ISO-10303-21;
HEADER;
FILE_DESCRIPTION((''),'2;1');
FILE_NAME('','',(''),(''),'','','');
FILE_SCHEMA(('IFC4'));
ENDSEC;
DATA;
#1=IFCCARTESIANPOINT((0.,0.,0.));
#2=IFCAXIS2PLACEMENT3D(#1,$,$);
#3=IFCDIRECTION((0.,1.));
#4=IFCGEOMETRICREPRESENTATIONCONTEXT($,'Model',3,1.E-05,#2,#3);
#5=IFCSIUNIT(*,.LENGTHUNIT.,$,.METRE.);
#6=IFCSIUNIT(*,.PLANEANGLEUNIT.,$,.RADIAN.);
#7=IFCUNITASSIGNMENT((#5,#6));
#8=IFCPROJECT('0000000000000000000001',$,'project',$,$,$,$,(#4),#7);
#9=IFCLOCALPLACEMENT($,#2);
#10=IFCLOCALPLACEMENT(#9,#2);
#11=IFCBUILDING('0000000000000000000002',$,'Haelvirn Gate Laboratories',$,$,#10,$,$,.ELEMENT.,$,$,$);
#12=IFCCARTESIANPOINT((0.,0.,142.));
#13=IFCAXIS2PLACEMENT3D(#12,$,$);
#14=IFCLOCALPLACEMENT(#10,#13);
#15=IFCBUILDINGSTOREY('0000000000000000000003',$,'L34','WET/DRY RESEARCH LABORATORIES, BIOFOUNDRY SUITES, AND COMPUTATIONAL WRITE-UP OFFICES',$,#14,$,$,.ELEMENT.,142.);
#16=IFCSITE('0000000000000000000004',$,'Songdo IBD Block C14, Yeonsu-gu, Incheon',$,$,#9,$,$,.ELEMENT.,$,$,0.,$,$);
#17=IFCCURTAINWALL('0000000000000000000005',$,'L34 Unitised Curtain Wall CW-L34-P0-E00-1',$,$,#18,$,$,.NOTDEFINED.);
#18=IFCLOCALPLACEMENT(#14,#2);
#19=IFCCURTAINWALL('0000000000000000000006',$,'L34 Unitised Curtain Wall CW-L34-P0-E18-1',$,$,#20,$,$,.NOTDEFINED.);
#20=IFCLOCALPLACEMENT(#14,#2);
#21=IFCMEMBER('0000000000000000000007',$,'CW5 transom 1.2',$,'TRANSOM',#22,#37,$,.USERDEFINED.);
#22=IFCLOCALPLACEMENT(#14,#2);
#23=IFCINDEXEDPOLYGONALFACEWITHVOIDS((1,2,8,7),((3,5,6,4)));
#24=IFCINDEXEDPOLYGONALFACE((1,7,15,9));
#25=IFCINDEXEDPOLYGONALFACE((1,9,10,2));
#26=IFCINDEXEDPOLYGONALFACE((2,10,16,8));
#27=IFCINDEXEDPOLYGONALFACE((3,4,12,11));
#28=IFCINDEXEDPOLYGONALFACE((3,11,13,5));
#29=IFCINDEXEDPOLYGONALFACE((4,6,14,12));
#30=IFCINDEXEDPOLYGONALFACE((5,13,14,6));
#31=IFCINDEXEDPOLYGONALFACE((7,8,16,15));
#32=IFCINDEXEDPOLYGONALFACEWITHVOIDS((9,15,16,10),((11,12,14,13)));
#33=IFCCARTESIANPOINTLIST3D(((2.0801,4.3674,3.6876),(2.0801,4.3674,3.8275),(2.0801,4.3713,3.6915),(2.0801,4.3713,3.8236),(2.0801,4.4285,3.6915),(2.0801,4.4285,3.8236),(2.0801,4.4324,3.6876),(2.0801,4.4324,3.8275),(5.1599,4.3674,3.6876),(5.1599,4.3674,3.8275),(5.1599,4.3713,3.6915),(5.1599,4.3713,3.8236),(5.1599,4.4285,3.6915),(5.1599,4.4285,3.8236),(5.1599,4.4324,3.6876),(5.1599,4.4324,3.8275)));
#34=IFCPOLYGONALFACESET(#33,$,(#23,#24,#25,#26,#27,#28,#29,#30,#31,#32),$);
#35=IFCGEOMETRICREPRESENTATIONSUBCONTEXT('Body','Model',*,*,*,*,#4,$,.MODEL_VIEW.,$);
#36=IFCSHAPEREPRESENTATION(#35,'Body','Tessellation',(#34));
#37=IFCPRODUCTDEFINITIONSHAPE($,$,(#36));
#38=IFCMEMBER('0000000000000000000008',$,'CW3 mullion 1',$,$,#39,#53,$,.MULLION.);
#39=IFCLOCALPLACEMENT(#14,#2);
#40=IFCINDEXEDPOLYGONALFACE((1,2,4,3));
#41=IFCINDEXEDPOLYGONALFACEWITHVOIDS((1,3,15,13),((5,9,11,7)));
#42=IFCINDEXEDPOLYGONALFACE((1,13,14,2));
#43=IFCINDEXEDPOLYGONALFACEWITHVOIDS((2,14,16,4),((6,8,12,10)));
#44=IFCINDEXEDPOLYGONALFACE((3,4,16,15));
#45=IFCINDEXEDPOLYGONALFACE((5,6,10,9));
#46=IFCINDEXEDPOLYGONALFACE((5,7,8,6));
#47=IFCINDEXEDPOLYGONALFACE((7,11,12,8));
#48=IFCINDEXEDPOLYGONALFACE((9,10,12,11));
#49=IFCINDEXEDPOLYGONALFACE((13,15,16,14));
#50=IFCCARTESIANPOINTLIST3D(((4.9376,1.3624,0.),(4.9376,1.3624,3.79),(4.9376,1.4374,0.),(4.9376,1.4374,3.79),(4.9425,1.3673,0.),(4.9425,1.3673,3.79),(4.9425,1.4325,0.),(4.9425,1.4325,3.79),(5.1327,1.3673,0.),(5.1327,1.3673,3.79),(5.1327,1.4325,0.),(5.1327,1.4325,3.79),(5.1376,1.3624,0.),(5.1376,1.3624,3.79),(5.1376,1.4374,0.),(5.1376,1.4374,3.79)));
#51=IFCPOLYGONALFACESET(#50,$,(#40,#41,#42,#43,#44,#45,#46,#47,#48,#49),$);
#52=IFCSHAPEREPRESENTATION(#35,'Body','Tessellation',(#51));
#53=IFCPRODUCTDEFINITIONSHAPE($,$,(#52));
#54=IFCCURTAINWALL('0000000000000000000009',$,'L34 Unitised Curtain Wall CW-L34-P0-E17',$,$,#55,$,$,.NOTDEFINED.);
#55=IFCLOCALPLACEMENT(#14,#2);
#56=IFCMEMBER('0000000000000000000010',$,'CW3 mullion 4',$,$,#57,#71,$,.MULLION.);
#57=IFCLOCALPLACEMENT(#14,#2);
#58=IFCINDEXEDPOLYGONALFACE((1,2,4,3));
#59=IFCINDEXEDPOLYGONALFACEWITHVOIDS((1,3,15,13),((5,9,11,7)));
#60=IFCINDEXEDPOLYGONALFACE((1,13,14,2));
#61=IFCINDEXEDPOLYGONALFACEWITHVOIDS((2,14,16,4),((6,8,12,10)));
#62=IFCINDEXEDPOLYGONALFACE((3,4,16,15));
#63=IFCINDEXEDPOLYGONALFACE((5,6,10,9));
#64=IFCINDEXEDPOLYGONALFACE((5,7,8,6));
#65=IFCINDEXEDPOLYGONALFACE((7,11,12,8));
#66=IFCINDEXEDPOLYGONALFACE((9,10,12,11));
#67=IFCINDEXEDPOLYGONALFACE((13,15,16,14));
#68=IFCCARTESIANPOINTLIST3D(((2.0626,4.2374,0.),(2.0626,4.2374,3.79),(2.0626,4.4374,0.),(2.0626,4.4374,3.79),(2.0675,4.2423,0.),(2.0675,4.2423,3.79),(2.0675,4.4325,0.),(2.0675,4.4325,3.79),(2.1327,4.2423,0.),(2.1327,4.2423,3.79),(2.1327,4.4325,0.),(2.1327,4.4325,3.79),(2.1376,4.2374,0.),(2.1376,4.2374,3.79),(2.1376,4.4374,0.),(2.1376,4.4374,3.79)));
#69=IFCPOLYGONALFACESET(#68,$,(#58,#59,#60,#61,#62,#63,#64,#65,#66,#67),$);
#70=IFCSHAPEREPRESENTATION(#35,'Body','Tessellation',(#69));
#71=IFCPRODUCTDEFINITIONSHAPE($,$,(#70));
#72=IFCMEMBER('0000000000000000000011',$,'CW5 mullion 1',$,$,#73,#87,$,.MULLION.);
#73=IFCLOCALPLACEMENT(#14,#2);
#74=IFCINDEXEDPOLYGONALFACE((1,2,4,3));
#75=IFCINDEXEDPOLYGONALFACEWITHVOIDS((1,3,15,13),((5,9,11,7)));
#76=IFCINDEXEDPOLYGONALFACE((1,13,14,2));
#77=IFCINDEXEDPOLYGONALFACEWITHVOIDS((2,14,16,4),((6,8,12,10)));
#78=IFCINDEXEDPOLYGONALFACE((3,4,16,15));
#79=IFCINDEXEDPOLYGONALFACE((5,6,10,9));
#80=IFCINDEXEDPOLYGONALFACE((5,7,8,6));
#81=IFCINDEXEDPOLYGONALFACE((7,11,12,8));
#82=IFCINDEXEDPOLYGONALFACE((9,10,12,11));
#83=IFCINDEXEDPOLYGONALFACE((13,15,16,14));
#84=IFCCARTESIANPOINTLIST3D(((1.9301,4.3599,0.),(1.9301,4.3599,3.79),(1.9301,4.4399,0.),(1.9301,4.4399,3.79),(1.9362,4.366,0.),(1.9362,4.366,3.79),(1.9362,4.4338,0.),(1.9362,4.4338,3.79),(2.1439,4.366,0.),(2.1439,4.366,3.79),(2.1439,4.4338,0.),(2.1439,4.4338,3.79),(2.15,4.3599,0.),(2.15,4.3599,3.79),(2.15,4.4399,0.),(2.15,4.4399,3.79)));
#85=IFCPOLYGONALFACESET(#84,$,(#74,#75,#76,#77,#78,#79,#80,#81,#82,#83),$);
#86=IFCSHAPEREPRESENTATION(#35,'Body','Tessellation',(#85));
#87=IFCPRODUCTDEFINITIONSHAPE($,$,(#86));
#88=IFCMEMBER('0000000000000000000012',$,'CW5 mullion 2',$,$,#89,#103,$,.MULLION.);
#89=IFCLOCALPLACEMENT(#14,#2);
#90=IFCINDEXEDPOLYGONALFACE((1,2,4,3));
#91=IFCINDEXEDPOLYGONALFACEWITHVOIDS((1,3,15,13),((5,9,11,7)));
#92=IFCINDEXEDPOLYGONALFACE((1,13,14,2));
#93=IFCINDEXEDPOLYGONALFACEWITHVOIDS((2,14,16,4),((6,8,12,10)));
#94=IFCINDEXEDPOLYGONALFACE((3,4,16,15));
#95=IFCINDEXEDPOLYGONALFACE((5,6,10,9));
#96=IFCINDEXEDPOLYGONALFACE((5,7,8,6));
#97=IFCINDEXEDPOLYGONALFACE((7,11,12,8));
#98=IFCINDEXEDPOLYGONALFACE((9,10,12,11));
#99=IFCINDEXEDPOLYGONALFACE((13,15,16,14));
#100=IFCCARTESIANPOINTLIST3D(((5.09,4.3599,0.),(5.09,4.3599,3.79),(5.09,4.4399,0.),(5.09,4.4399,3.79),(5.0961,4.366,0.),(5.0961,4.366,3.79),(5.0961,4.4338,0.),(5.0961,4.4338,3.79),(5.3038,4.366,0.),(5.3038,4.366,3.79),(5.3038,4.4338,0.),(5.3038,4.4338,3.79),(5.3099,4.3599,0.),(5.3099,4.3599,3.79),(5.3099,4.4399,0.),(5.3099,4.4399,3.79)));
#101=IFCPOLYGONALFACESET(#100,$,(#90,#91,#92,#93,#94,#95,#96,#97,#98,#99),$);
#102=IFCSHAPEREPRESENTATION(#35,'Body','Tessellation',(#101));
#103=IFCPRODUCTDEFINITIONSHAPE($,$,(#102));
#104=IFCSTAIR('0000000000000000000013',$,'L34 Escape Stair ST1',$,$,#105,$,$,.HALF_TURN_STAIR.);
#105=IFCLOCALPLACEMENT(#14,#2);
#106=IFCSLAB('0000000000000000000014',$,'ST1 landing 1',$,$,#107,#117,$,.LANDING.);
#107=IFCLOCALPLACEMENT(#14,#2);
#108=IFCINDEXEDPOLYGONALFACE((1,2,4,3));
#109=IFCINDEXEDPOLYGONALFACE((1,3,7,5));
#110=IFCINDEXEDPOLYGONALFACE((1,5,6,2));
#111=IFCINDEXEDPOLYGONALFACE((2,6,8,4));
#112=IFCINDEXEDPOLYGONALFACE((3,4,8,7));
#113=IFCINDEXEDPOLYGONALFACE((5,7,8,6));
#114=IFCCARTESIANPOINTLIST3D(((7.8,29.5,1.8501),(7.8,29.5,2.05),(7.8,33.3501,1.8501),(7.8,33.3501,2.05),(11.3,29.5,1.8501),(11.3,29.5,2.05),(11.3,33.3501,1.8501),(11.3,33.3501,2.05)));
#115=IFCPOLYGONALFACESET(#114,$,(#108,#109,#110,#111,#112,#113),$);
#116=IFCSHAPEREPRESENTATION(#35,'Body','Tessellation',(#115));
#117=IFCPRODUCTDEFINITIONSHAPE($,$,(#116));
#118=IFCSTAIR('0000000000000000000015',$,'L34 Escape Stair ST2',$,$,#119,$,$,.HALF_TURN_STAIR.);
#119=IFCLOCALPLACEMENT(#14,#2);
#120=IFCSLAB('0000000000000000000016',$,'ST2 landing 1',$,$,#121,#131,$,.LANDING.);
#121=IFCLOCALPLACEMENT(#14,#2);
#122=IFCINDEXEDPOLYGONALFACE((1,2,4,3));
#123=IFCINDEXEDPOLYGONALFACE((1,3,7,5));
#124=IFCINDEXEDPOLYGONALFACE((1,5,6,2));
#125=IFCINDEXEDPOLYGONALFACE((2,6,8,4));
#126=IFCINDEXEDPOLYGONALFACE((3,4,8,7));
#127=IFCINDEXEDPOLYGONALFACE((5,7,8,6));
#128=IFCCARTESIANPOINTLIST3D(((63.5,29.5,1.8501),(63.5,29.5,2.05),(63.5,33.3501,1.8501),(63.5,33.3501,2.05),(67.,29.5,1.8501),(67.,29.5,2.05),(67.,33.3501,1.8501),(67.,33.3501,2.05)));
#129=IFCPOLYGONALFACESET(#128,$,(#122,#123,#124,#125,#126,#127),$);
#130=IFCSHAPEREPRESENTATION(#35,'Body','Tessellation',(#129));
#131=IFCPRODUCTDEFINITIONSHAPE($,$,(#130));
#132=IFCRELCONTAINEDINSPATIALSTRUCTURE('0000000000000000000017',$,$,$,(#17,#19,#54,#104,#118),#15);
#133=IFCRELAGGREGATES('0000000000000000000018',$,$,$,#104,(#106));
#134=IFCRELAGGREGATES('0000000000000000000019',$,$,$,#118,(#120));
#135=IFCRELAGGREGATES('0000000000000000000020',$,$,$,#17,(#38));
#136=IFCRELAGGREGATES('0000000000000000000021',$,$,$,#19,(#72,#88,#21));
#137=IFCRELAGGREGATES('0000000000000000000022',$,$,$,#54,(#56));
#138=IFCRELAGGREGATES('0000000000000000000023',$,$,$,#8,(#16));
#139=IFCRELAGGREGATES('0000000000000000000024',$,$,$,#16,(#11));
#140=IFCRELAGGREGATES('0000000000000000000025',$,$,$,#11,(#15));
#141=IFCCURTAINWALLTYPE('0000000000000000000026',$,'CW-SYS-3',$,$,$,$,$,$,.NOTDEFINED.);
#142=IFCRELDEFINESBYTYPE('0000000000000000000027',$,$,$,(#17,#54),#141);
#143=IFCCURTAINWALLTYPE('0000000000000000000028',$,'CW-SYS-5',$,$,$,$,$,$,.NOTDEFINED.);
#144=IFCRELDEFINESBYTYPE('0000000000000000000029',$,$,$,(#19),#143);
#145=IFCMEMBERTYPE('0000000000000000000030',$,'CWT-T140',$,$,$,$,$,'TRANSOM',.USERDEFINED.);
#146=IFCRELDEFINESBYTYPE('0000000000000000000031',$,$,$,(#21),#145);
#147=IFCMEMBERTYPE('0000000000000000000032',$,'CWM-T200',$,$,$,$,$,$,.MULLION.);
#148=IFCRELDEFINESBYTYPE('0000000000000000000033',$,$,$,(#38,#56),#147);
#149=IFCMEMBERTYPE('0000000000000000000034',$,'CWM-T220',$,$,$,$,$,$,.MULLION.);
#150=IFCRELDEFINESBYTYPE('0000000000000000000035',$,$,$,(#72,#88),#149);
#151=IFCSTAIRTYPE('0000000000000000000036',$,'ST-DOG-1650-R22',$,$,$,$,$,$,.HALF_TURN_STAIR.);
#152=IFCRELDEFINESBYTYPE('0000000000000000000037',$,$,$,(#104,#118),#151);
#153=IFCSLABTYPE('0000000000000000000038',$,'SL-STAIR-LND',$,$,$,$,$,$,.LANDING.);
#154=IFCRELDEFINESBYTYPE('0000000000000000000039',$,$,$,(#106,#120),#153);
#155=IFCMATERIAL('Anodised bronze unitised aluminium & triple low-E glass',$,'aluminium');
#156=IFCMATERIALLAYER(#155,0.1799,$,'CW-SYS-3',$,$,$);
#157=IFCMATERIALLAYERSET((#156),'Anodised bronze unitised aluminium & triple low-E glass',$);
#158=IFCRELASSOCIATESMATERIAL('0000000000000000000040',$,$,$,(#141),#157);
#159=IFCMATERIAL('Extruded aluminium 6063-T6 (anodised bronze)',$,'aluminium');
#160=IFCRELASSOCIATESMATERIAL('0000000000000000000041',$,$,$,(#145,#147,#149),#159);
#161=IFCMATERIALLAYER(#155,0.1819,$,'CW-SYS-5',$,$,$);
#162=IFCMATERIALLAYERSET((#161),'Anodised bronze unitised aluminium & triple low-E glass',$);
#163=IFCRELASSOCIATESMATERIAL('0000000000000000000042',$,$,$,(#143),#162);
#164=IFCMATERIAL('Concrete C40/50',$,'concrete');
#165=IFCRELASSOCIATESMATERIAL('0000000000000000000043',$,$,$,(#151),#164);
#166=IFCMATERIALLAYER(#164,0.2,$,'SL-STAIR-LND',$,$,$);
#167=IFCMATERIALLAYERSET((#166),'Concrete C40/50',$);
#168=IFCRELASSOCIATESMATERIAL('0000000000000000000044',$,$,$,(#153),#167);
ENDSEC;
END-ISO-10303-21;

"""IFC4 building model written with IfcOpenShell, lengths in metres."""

from ifc_helpers import new_model, si_unit, direction, frame, origin, origin_2d, place, context, subcontext, project, spatial, polyline, hollow_rectangle, outline, extrude, source, transform, mapped, material, layer, layer_set, material_profile, profile_set, type_object, type_shapes, element, aggregate, save


model = new_model("IFC4")

# Units and contexts
model_context = context("Model", 3, precision=1e-05, world=origin(), true_north=direction((0.0, 1.0)))
body_context = subcontext(model_context, "Body", "Model", "MODEL_VIEW")
ifc_project = project(units=[si_unit("LENGTHUNIT", "METRE"), si_unit("PLANEANGLEUNIT", "RADIAN")], contexts=[model_context])

# Site, building, storey
site_placement = place(None, origin())
site = spatial("IfcSite", under=ifc_project, at=site_placement, Name="Songdo IBD Block C14, Yeonsu-gu, Incheon", CompositionType="ELEMENT", RefElevation=0.0)
building_placement = place(site_placement, origin())
building = spatial("IfcBuilding", under=site, at=building_placement, Name="Haelvirn Gate Laboratories", CompositionType="ELEMENT")
storey_placement = place(building_placement, frame((0.0, 0.0, 142.0)))
storey = spatial("IfcBuildingStorey", under=building, at=storey_placement, Name="L34", Description="WET/DRY RESEARCH LABORATORIES, BIOFOUNDRY SUITES, AND COMPUTATIONAL WRITE-UP OFFICES", CompositionType="ELEMENT", Elevation=142.0)

# Curtain walls, member
ifc_material_1 = material(Name="Anodised bronze unitised aluminium & triple low-E glass", Category="aluminium")
ifc_layer_1 = layer(ifc_material_1, 0.1799, Name="CW-SYS-3")
ifc_layer_set_1 = layer_set([ifc_layer_1], Name="Anodised bronze unitised aluminium & triple low-E glass")
curtain_wall_type_1 = type_object("IfcCurtainWallType", Name="CW-SYS-3", PredefinedType="NOTDEFINED", material=ifc_layer_set_1)
curtain_wall_1_placement = place(storey_placement, origin())
curtain_wall_1 = element("IfcCurtainWall", 1, at=curtain_wall_1_placement, inside=storey, type_object=curtain_wall_type_1, Name="L34 Unitised Curtain Wall CW-L34-P0-E00-1", PredefinedType="NOTDEFINED")
ifc_material_2 = material(Name="Extruded aluminium 6063-T6 (anodised bronze)", Category="aluminium")
ifc_material_profile_1 = material_profile(ifc_material_2, hollow_rectangle(XDim=0.0649, YDim=0.1399, WallThickness=0.0039, at=origin_2d()), Name="CWT-140x65x4")
ifc_profile_set_1 = profile_set([ifc_material_profile_1], Name="Extruded aluminium 6063-T6 (anodised bronze)")
member_type_1 = type_object("IfcMemberType", Name="CWT-T140", ElementType="TRANSOM", PredefinedType="USERDEFINED", material=ifc_profile_set_1)
ifc_layer_2 = layer(ifc_material_1, 0.1819, Name="CW-SYS-5")
ifc_layer_set_2 = layer_set([ifc_layer_2], Name="Anodised bronze unitised aluminium & triple low-E glass")
curtain_wall_type_2 = type_object("IfcCurtainWallType", Name="CW-SYS-5", PredefinedType="NOTDEFINED", material=ifc_layer_set_2)
curtain_wall_2_placement = place(storey_placement, origin())
curtain_wall_2 = element("IfcCurtainWall", 2, at=curtain_wall_2_placement, inside=storey, type_object=curtain_wall_type_2, Name="L34 Unitised Curtain Wall CW-L34-P0-E18-1", PredefinedType="NOTDEFINED")
shared_shape_1 = source(origin(), body_context, "Body", "SweptSolid", [
    extrude(hollow_rectangle(XDim=0.0649, YDim=0.1399, WallThickness=0.0039, at=origin_2d()), origin(), (0.0, 0.0, 1.0), 3.0798),
])
member_1_placement = place(storey_placement, frame((2.0801, 4.3999, 3.7576), z_axis=(1.0, 0.0, 0.0), x_axis=(0.0, 1.0, 0.0)))
member_1 = element("IfcMember", 3, at=member_1_placement, type_object=member_type_1, Name="CW5 transom 1.2", ObjectType="TRANSOM", PredefinedType="USERDEFINED", context=body_context, shape_type="MappedRepresentation", body=[
    mapped(shared_shape_1, transform((0.0, 0.0, 0.0), scale=1.0)),
])

# Member
ifc_material_profile_2 = material_profile(ifc_material_2, hollow_rectangle(XDim=0.075, YDim=0.2, WallThickness=0.0049, at=origin_2d()), Name="CWM-200x75x5")
ifc_profile_set_2 = profile_set([ifc_material_profile_2], Name="Extruded aluminium 6063-T6 (anodised bronze)")
member_type_2 = type_object("IfcMemberType", Name="CWM-T200", PredefinedType="MULLION", material=ifc_profile_set_2)
shared_shape_2 = source(origin(), body_context, "Body", "SweptSolid", [
    extrude(hollow_rectangle(XDim=0.075, YDim=0.2, WallThickness=0.0049, at=origin_2d()), origin(), (0.0, 0.0, 1.0), 3.79),
])
type_shapes(member_type_2, [shared_shape_2])
member_2_placement = place(storey_placement, frame((5.0376, 1.3999, 0.0), z_axis=(0.0, 0.0, 1.0), x_axis=(0.0, 1.0, 0.0)))
member_2 = element("IfcMember", 4, at=member_2_placement, type_object=member_type_2, Name="CW3 mullion 1", PredefinedType="MULLION", context=body_context, shape_type="MappedRepresentation", body=[
    mapped(shared_shape_2, transform((0.0, 0.0, 0.0), scale=1.0)),
])

# Curtain wall, member
curtain_wall_3_placement = place(storey_placement, origin())
curtain_wall_3 = element("IfcCurtainWall", 5, at=curtain_wall_3_placement, inside=storey, type_object=curtain_wall_type_1, Name="L34 Unitised Curtain Wall CW-L34-P0-E17", PredefinedType="NOTDEFINED")
member_3_placement = place(storey_placement, frame((2.1001, 4.3374, 0.0), z_axis=(0.0, 0.0, 1.0), x_axis=(1.0, 0.0, 0.0)))
member_3 = element("IfcMember", 6, at=member_3_placement, type_object=member_type_2, Name="CW3 mullion 4", PredefinedType="MULLION", context=body_context, shape_type="MappedRepresentation", body=[
    mapped(shared_shape_2, transform((0.0, 0.0, 0.0), scale=1.0)),
])

# Members
ifc_material_profile_3 = material_profile(ifc_material_2, hollow_rectangle(XDim=0.0801, YDim=0.22, WallThickness=0.0061, at=origin_2d()), Name="CWM-220x80x6")
ifc_profile_set_3 = profile_set([ifc_material_profile_3], Name="Extruded aluminium 6063-T6 (anodised bronze)")
member_type_3 = type_object("IfcMemberType", Name="CWM-T220", PredefinedType="MULLION", material=ifc_profile_set_3)
shared_shape_3 = source(origin(), body_context, "Body", "SweptSolid", [
    extrude(hollow_rectangle(XDim=0.0801, YDim=0.22, WallThickness=0.0061, at=origin_2d()), origin(), (0.0, 0.0, 1.0), 3.79),
])
type_shapes(member_type_3, [shared_shape_3])
member_4_placement = place(storey_placement, frame((2.04, 4.3999, 0.0), z_axis=(0.0, 0.0, 1.0), x_axis=(0.0, 1.0, 0.0)))
member_4 = element("IfcMember", 7, at=member_4_placement, type_object=member_type_3, Name="CW5 mullion 1", PredefinedType="MULLION", context=body_context, shape_type="MappedRepresentation", body=[
    mapped(shared_shape_3, transform((0.0, 0.0, 0.0), scale=1.0)),
])
member_5_placement = place(storey_placement, frame((5.2, 4.3999, 0.0), z_axis=(0.0, 0.0, 1.0), x_axis=(0.0, 1.0, 0.0)))
member_5 = element("IfcMember", 8, at=member_5_placement, type_object=member_type_3, Name="CW5 mullion 2", PredefinedType="MULLION", context=body_context, shape_type="MappedRepresentation", body=[
    mapped(shared_shape_3, transform((0.0, 0.0, 0.0), scale=1.0)),
])

# Stairs, slabs
ifc_material_3 = material(Name="Concrete C40/50", Category="concrete")
stair_type = type_object("IfcStairType", Name="ST-DOG-1650-R22", PredefinedType="HALF_TURN_STAIR", material=ifc_material_3)
stair_1_placement = place(storey_placement, origin())
stair_1 = element("IfcStair", 9, at=stair_1_placement, inside=storey, type_object=stair_type, Name="L34 Escape Stair ST1", PredefinedType="HALF_TURN_STAIR")
ifc_layer_3 = layer(ifc_material_3, 0.2, Name="SL-STAIR-LND")
ifc_layer_set_3 = layer_set([ifc_layer_3], Name="Concrete C40/50")
slab_type_1 = type_object("IfcSlabType", Name="SL-STAIR-LND", PredefinedType="LANDING", material=ifc_layer_set_3)
slab_1_placement = place(storey_placement, frame((0.0, 0.0, 1.8501)))
slab_1 = element("IfcSlab", 10, at=slab_1_placement, type_object=slab_type_1, Name="ST1 landing 1", PredefinedType="LANDING", context=body_context, shape_type="SweptSolid", body=[
    extrude(outline(polyline([(11.3, 29.5), (11.3, 33.3501), (7.8, 33.3501), (7.8, 29.5), (11.3, 29.5)])), origin(), (0.0, 0.0, 1.0), 0.2),
])
aggregate(stair_1, [slab_1])
stair_2_placement = place(storey_placement, origin())
stair_2 = element("IfcStair", 11, at=stair_2_placement, inside=storey, type_object=stair_type, Name="L34 Escape Stair ST2", PredefinedType="HALF_TURN_STAIR")
slab_2_placement = place(storey_placement, frame((0.0, 0.0, 1.8501)))
slab_2 = element("IfcSlab", 12, at=slab_2_placement, type_object=slab_type_1, Name="ST2 landing 1", PredefinedType="LANDING", context=body_context, shape_type="SweptSolid", body=[
    extrude(outline(polyline([(67.0, 29.5), (67.0, 33.3501), (63.5, 33.3501), (63.5, 29.5), (67.0, 29.5)])), origin(), (0.0, 0.0, 1.0), 0.2),
])
aggregate(stair_2, [slab_2])

aggregate(curtain_wall_1, [member_2])
aggregate(curtain_wall_2, [member_4, member_5, member_1])
aggregate(curtain_wall_3, [member_3])

save(model, "model.ifc")
